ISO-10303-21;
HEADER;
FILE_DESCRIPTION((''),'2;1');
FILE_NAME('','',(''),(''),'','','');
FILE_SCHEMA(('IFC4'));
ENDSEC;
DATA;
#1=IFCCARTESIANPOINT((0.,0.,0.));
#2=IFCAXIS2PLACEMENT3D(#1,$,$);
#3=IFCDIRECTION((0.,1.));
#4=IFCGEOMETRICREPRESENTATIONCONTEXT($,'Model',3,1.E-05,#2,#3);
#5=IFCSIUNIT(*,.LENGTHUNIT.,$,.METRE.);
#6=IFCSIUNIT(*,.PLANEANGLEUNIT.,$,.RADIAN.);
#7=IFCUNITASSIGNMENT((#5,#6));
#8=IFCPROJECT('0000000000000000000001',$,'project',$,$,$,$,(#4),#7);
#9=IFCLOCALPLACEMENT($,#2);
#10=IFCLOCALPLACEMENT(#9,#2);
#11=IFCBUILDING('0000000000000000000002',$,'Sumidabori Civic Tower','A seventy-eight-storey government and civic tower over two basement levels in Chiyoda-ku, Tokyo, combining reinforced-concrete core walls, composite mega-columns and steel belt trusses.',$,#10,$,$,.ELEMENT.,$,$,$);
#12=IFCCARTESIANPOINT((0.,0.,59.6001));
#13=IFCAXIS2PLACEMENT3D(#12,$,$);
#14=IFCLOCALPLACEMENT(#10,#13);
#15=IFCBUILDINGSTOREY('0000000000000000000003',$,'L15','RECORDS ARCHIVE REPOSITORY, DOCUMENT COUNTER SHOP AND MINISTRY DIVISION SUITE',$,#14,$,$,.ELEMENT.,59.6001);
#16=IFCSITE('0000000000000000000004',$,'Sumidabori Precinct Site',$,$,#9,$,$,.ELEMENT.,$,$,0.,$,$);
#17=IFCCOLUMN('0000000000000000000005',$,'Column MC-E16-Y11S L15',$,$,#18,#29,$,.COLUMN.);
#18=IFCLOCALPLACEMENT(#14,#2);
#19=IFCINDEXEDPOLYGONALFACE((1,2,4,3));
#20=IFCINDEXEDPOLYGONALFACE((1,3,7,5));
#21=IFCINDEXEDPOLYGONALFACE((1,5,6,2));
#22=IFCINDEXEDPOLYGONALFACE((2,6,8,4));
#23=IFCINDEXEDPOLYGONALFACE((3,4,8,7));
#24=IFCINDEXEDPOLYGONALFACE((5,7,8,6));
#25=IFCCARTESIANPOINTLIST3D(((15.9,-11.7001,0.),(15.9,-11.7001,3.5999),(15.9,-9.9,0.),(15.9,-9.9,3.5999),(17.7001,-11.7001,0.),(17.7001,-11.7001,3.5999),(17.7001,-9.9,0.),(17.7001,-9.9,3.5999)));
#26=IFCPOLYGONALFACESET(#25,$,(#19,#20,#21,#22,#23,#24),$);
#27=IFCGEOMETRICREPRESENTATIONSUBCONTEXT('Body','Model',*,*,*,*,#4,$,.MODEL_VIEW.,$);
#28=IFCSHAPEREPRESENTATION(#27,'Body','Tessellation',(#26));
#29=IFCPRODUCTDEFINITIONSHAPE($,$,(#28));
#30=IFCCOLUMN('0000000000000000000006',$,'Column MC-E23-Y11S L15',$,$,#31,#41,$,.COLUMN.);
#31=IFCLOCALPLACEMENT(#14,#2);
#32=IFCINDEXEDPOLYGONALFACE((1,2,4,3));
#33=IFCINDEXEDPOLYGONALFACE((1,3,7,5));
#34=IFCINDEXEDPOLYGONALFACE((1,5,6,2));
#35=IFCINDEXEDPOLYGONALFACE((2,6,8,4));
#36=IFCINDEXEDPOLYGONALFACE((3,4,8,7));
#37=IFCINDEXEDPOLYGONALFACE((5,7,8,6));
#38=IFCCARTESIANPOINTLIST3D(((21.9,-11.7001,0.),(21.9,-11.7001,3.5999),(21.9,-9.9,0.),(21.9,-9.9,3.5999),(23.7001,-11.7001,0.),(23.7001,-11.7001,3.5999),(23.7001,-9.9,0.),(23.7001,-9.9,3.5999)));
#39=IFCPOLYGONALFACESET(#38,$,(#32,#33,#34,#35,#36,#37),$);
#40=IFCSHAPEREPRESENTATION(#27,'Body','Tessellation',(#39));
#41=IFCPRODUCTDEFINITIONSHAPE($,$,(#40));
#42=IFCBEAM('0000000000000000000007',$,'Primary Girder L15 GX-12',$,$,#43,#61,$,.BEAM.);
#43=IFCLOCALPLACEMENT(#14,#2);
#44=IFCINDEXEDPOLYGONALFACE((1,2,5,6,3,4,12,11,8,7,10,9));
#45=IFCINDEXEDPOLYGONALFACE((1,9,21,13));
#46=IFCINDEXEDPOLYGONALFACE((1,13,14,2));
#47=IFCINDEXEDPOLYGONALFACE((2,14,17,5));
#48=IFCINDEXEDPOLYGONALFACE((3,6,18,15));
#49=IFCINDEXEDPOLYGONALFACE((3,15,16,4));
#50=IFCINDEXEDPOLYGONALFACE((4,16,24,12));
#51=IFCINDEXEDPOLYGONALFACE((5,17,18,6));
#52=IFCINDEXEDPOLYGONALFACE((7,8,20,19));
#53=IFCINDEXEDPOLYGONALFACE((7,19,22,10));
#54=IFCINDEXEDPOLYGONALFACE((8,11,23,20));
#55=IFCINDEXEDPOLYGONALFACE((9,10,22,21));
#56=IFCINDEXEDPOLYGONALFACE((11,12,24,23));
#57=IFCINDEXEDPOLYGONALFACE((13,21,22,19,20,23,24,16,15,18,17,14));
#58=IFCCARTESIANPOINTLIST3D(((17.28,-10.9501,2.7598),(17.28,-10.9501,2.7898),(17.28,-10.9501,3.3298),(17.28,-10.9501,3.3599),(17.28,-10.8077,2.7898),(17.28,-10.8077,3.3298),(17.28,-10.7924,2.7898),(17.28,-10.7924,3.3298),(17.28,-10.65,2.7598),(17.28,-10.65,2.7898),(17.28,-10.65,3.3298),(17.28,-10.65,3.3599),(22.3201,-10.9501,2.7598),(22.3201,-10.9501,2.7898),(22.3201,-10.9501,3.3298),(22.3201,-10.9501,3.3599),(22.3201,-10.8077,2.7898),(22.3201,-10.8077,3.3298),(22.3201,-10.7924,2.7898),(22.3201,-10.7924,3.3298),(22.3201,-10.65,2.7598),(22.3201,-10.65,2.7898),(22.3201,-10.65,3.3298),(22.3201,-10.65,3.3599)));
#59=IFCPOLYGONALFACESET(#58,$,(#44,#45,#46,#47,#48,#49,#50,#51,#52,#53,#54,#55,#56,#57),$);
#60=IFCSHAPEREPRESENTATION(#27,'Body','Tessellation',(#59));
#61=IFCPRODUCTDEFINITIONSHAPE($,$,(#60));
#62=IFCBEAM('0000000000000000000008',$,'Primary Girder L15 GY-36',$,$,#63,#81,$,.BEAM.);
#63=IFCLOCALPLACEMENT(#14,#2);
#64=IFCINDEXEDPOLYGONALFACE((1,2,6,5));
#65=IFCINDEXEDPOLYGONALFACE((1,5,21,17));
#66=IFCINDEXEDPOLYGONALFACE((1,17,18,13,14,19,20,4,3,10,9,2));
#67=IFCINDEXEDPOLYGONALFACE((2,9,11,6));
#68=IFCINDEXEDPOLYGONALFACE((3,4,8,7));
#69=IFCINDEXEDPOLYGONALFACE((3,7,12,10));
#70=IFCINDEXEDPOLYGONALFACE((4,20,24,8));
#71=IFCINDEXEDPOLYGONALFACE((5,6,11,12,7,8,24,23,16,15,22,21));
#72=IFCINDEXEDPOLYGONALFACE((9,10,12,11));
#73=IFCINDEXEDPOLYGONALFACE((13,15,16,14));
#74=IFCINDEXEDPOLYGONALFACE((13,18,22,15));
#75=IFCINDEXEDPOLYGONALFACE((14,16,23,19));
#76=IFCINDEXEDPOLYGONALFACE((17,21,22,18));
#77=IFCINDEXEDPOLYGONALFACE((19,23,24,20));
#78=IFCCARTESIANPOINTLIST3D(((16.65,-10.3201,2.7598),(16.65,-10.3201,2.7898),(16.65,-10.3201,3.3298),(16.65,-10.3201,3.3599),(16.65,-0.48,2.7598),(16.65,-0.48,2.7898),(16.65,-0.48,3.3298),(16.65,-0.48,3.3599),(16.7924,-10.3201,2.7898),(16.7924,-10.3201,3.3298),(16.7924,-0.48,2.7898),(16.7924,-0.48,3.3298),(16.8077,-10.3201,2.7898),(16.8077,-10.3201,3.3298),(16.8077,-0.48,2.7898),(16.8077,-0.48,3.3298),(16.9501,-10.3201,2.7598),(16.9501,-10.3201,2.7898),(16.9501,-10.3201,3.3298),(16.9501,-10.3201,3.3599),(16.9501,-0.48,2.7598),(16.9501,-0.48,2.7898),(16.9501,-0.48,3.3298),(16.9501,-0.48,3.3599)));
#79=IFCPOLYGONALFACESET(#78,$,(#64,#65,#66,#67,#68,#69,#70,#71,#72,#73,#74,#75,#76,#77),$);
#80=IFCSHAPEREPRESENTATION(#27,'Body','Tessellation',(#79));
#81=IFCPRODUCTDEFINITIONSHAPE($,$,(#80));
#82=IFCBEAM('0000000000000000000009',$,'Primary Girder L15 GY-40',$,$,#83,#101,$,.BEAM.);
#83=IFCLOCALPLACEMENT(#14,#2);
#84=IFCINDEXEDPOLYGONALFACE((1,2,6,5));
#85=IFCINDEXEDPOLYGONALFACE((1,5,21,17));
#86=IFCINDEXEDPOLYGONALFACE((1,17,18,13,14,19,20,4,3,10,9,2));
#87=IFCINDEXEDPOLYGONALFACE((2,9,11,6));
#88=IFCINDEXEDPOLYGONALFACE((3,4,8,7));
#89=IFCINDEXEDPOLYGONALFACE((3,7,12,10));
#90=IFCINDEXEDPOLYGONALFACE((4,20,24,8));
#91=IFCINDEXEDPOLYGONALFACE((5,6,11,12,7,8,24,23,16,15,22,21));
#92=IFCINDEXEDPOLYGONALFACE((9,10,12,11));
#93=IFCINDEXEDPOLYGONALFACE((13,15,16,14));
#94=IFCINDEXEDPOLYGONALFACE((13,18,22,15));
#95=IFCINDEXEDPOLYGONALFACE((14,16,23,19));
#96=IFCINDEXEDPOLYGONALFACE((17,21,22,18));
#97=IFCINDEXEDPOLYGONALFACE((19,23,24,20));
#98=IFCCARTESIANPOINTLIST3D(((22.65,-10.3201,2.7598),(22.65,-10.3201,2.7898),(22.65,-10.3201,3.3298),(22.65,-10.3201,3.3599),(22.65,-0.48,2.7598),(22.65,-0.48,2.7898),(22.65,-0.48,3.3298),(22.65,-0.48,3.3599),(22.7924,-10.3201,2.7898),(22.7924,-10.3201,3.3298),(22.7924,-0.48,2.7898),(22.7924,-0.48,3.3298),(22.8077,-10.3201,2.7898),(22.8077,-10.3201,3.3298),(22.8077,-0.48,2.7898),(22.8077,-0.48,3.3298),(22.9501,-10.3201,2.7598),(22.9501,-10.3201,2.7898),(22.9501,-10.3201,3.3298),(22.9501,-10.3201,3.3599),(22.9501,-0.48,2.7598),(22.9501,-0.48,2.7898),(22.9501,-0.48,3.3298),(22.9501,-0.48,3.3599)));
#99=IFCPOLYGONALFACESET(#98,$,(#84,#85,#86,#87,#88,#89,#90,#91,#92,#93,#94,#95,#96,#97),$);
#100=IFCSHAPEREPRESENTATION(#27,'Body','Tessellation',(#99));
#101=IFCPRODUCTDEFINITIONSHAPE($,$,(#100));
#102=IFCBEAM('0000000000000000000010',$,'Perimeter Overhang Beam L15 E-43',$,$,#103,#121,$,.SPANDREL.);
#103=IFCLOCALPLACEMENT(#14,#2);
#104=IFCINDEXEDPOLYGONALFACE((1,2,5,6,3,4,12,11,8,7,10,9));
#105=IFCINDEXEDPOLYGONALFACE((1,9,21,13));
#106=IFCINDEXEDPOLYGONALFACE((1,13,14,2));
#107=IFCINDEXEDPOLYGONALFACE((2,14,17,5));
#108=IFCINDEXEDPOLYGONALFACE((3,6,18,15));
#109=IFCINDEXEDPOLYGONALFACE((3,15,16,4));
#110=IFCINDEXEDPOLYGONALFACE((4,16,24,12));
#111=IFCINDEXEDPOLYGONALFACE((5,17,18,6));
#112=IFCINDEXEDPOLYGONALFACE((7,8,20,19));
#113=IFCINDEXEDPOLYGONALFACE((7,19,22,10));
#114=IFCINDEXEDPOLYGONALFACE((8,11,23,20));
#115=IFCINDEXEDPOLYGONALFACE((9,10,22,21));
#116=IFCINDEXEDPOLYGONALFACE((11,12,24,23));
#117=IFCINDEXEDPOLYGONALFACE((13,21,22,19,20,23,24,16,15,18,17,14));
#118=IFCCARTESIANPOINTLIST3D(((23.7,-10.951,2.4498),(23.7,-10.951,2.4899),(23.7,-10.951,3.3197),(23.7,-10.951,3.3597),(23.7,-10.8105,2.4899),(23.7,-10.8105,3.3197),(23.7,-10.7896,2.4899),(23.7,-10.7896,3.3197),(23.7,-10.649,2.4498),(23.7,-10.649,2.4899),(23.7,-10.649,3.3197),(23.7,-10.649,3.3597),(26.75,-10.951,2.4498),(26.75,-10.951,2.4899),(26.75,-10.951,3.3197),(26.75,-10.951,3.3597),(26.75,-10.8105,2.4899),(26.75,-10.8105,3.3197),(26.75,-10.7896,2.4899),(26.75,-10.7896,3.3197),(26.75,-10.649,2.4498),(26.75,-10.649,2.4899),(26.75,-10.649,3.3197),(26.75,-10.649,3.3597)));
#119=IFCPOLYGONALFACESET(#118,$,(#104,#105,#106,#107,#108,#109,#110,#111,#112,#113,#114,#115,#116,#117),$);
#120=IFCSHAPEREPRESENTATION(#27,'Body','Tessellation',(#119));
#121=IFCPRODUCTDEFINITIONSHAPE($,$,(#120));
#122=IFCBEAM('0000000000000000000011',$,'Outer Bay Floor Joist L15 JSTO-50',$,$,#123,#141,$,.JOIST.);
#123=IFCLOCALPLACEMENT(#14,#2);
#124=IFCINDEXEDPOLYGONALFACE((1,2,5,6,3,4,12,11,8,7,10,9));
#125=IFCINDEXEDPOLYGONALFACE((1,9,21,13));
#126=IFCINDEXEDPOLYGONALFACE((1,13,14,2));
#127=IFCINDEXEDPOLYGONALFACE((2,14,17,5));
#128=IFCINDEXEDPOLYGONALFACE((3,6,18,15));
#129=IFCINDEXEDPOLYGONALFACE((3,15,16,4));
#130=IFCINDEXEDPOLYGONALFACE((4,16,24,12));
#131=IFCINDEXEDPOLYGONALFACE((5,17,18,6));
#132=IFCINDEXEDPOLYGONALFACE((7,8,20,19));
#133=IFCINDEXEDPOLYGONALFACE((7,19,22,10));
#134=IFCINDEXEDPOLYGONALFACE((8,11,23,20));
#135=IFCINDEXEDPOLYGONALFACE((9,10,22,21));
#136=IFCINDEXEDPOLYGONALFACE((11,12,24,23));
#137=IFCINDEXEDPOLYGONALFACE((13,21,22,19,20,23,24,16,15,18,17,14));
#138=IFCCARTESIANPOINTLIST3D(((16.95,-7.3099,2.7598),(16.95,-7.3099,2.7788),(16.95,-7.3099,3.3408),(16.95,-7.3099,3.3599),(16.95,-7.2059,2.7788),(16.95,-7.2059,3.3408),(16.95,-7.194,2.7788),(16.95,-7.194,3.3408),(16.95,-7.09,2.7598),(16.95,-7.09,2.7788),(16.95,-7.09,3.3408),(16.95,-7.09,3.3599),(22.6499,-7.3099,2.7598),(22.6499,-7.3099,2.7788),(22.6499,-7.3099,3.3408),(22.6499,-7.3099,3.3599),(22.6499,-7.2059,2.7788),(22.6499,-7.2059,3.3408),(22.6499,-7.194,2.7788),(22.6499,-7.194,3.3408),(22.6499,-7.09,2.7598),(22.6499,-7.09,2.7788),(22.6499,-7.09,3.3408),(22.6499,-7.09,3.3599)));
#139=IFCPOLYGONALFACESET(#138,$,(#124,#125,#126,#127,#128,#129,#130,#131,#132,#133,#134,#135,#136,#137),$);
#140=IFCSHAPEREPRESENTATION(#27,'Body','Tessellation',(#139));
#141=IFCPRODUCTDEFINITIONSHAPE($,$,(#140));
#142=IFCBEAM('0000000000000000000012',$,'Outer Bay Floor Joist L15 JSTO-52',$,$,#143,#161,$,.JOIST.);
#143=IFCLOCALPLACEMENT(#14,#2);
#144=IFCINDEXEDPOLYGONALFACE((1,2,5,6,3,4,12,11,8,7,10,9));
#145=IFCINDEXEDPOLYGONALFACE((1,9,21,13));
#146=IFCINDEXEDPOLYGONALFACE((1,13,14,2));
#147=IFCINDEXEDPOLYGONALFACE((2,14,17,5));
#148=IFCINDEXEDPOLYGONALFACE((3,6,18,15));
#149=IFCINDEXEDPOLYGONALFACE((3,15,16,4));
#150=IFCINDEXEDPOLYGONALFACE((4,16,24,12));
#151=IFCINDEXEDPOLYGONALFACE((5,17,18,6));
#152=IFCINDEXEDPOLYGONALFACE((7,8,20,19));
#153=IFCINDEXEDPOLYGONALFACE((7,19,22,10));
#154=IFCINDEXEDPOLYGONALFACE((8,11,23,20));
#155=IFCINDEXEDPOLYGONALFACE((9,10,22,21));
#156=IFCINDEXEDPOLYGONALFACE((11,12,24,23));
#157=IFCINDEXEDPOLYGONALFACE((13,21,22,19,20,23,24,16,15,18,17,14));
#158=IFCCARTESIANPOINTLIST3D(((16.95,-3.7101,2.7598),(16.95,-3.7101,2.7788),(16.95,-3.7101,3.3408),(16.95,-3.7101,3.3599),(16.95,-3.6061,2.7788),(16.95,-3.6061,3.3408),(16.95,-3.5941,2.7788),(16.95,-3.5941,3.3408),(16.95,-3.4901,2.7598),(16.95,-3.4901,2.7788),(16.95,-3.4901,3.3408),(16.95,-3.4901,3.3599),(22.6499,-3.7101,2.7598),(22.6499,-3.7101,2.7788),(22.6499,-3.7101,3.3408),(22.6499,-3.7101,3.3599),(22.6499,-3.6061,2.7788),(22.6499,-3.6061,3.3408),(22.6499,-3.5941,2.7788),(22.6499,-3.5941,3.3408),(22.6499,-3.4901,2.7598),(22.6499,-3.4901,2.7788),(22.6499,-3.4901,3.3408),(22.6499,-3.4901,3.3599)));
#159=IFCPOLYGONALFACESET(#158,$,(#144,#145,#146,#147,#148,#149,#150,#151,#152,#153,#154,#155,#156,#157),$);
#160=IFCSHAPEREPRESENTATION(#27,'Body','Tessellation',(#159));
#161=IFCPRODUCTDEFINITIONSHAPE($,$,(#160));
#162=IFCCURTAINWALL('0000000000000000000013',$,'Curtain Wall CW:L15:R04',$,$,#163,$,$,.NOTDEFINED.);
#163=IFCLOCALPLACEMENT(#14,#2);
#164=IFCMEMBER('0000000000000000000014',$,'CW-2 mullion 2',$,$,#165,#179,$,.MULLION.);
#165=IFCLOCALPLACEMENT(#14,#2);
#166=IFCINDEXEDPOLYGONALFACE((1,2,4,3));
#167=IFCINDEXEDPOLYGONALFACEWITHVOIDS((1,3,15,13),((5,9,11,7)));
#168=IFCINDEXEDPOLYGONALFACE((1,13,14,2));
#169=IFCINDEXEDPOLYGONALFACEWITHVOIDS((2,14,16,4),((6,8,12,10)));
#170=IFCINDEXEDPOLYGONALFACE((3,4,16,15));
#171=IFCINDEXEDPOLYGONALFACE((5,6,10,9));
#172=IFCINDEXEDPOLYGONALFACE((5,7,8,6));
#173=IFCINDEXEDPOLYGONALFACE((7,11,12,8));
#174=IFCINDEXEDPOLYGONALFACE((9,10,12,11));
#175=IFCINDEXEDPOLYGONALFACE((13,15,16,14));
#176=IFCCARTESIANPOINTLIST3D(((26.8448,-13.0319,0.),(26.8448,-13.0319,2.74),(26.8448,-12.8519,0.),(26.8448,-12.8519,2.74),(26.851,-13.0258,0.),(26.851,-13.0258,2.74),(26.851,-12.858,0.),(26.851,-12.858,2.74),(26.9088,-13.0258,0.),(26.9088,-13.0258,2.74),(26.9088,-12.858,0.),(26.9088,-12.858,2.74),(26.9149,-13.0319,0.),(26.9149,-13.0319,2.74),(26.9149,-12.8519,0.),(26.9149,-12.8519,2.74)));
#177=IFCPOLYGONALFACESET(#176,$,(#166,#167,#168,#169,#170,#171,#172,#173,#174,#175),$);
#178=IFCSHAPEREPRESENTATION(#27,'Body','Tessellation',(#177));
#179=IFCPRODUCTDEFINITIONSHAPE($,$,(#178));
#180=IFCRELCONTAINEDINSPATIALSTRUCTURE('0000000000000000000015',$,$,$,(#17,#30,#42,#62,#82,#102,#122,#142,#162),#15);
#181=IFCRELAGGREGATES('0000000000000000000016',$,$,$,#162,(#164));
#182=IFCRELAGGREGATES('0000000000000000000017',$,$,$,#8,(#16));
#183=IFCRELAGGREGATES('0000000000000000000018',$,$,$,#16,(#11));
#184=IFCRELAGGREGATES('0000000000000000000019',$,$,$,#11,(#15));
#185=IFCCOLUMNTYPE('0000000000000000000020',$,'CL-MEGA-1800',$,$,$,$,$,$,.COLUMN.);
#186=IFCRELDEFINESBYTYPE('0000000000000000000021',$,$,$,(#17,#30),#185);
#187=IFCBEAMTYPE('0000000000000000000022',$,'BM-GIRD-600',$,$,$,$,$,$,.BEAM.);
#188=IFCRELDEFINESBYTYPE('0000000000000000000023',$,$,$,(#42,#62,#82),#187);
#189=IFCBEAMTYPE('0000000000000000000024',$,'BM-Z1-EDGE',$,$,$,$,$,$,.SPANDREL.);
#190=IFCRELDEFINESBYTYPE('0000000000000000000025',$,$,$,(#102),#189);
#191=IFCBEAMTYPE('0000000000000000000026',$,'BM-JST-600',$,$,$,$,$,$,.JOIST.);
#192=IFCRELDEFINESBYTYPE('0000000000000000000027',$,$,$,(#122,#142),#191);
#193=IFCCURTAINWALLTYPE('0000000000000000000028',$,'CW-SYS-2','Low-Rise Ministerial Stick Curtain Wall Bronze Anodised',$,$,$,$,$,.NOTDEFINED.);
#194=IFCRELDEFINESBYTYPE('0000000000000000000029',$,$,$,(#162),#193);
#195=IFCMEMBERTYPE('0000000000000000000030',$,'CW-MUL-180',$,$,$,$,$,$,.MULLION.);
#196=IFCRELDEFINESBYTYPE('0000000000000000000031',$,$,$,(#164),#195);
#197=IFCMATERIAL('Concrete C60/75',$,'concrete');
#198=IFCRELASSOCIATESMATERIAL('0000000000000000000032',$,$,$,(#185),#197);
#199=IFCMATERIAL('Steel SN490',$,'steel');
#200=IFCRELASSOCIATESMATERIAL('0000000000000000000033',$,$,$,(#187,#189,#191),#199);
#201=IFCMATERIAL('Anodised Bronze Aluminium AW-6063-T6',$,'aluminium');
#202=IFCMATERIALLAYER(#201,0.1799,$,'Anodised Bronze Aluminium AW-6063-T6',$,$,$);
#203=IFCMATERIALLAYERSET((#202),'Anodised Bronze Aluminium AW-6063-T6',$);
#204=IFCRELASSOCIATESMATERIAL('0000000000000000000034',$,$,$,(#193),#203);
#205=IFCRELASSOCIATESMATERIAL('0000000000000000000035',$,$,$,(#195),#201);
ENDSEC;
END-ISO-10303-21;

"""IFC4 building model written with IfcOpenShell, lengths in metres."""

from ifc_helpers import new_model, si_unit, direction, frame, origin, origin_2d, place, context, subcontext, project, spatial, rectangle, hollow_rectangle, i_section, extrude, source, transform, mapped, material, layer, layer_set, material_profile, profile_set, type_object, element, aggregate, save


model = new_model("IFC4")

# Units and contexts
model_context = context("Model", 3, precision=1e-05, world=origin(), true_north=direction((0.0, 1.0)))
body_context = subcontext(model_context, "Body", "Model", "MODEL_VIEW")
ifc_project = project(units=[si_unit("LENGTHUNIT", "METRE"), si_unit("PLANEANGLEUNIT", "RADIAN")], contexts=[model_context])

# Site, building, storey
site_placement = place(None, origin())
site = spatial("IfcSite", under=ifc_project, at=site_placement, Name="Sumidabori Precinct Site", CompositionType="ELEMENT", RefElevation=0.0)
building_placement = place(site_placement, origin())
building = spatial("IfcBuilding", under=site, at=building_placement, Name="Sumidabori Civic Tower", Description="A seventy-eight-storey government and civic tower over two basement levels in Chiyoda-ku, Tokyo, combining reinforced-concrete core walls, composite mega-columns and steel belt trusses.", CompositionType="ELEMENT")
storey_placement = place(building_placement, frame((0.0, 0.0, 59.6001)))
storey = spatial("IfcBuildingStorey", under=building, at=storey_placement, Name="L15", Description="RECORDS ARCHIVE REPOSITORY, DOCUMENT COUNTER SHOP AND MINISTRY DIVISION SUITE", CompositionType="ELEMENT", Elevation=59.6001)

# Columns
ifc_material_1 = material(Name="Concrete C60/75", Category="concrete")
ifc_material_profile_1 = material_profile(ifc_material_1, rectangle(XDim=1.8, YDim=1.8, at=origin_2d()), Name="RC 1800x1800")
ifc_profile_set_1 = profile_set([ifc_material_profile_1], Name="Concrete C60/75")
column_type = type_object("IfcColumnType", Name="CL-MEGA-1800", PredefinedType="COLUMN", material=ifc_profile_set_1)
shared_shape_1 = source(origin(), body_context, "Body", "SweptSolid", [
    extrude(rectangle(XDim=1.8, YDim=1.8, at=origin_2d()), origin(), (0.0, 0.0, 1.0), 3.5999),
])
for number, where, z_axis, x_axis, name in (
    (1, (16.8, -10.8, 0.0), (0.0, 0.0, 1.0), (1.0, 0.0, 0.0), "Column MC-E16-Y11S L15"),
    (2, (22.8, -10.8, 0.0), (0.0, 0.0, 1.0), (1.0, 0.0, 0.0), "Column MC-E23-Y11S L15"),
):
    element("IfcColumn", number, at=place(storey_placement, frame(where, z_axis=z_axis, x_axis=x_axis)), inside=storey, type_object=column_type, Name=name, PredefinedType="COLUMN", context=body_context, shape_type="MappedRepresentation", body=[
        mapped(shared_shape_1, transform((0.0, 0.0, 0.0), x_axis=(1.0, 0.0, 0.0), y_axis=(0.0, 1.0, 0.0), z_axis=(0.0, 0.0, 1.0), scale=1.0)),
    ])

# Beams
ifc_material_2 = material(Name="Steel SN490", Category="steel")
ifc_material_profile_2 = material_profile(ifc_material_2, i_section(OverallWidth=0.3, OverallDepth=0.6001, WebThickness=0.0154, FlangeThickness=0.03, at=origin_2d()), Name="HE 600 B")
ifc_profile_set_2 = profile_set([ifc_material_profile_2], Name="Steel SN490")
beam_type_1 = type_object("IfcBeamType", Name="BM-GIRD-600", PredefinedType="BEAM", material=ifc_profile_set_2)
shared_shape_2 = source(origin(), body_context, "Body", "SweptSolid", [
    extrude(i_section(OverallWidth=0.3, OverallDepth=0.6001, WebThickness=0.0154, FlangeThickness=0.03, at=origin_2d()), origin(), (0.0, 0.0, 1.0), 5.04),
])
beam_1_placement = place(storey_placement, frame((17.28, -10.8, 3.0598), z_axis=(1.0, 0.0, 0.0), x_axis=(0.0, 1.0, 0.0)))
element("IfcBeam", 3, at=beam_1_placement, inside=storey, type_object=beam_type_1, Name="Primary Girder L15 GX-12", PredefinedType="BEAM", context=body_context, shape_type="MappedRepresentation", body=[
    mapped(shared_shape_2, transform((0.0, 0.0, 0.0), x_axis=(1.0, 0.0, 0.0), y_axis=(0.0, 1.0, 0.0), z_axis=(0.0, 0.0, 1.0), scale=1.0)),
])
shared_shape_3 = source(origin(), body_context, "Body", "SweptSolid", [
    extrude(i_section(OverallWidth=0.3, OverallDepth=0.6001, WebThickness=0.0154, FlangeThickness=0.03, at=origin_2d()), origin(), (0.0, 0.0, 1.0), 9.8401),
])
for number, where, z_axis, x_axis, name in (
    (4, (16.8, -10.3201, 3.0598), (0.0, 1.0, 0.0), (-1.0, 0.0, 0.0), "Primary Girder L15 GY-36"),
    (5, (22.8, -10.3201, 3.0598), (0.0, 1.0, 0.0), (-1.0, 0.0, 0.0), "Primary Girder L15 GY-40"),
):
    element("IfcBeam", number, at=place(storey_placement, frame(where, z_axis=z_axis, x_axis=x_axis)), inside=storey, type_object=beam_type_1, Name=name, PredefinedType="BEAM", context=body_context, shape_type="MappedRepresentation", body=[
        mapped(shared_shape_3, transform((0.0, 0.0, 0.0), x_axis=(1.0, 0.0, 0.0), y_axis=(0.0, 1.0, 0.0), z_axis=(0.0, 0.0, 1.0), scale=1.0)),
    ])
ifc_material_profile_3 = material_profile(ifc_material_2, i_section(OverallWidth=0.302, OverallDepth=0.9099, WebThickness=0.021, FlangeThickness=0.04, at=origin_2d()), Name="HE 900 M")
ifc_profile_set_3 = profile_set([ifc_material_profile_3], Name="Steel SN490")
beam_type_2 = type_object("IfcBeamType", Name="BM-Z1-EDGE", PredefinedType="SPANDREL", material=ifc_profile_set_3)
shared_shape_4 = source(origin(), body_context, "Body", "SweptSolid", [
    extrude(i_section(OverallWidth=0.302, OverallDepth=0.9099, WebThickness=0.021, FlangeThickness=0.04, at=origin_2d()), origin(), (0.0, 0.0, 1.0), 3.05),
])
beam_2_placement = place(storey_placement, frame((23.7, -10.8, 2.9048), z_axis=(1.0, 0.0, 0.0), x_axis=(0.0, 1.0, 0.0)))
element("IfcBeam", 6, at=beam_2_placement, inside=storey, type_object=beam_type_2, Name="Perimeter Overhang Beam L15 E-43", PredefinedType="SPANDREL", context=body_context, shape_type="MappedRepresentation", body=[
    mapped(shared_shape_4, transform((0.0, 0.0, 0.0), x_axis=(1.0, 0.0, 0.0), y_axis=(0.0, 1.0, 0.0), z_axis=(0.0, 0.0, 1.0), scale=1.0)),
])
ifc_material_profile_4 = material_profile(ifc_material_2, i_section(OverallWidth=0.22, OverallDepth=0.6001, WebThickness=0.012, FlangeThickness=0.019, at=origin_2d()), Name="IPE 600")
ifc_profile_set_4 = profile_set([ifc_material_profile_4], Name="Steel SN490")
beam_type_3 = type_object("IfcBeamType", Name="BM-JST-600", PredefinedType="JOIST", material=ifc_profile_set_4)
shared_shape_5 = source(origin(), body_context, "Body", "SweptSolid", [
    extrude(i_section(OverallWidth=0.22, OverallDepth=0.6001, WebThickness=0.012, FlangeThickness=0.019, at=origin_2d()), origin(), (0.0, 0.0, 1.0), 5.7),
])
for number, where, z_axis, x_axis, name in (
    (7, (16.95, -7.2, 3.0598), (1.0, 0.0, 0.0), (0.0, 1.0, 0.0), "Outer Bay Floor Joist L15 JSTO-50"),
    (8, (16.95, -3.6001, 3.0598), (1.0, 0.0, 0.0), (0.0, 1.0, 0.0), "Outer Bay Floor Joist L15 JSTO-52"),
):
    element("IfcBeam", number, at=place(storey_placement, frame(where, z_axis=z_axis, x_axis=x_axis)), inside=storey, type_object=beam_type_3, Name=name, PredefinedType="JOIST", context=body_context, shape_type="MappedRepresentation", body=[
        mapped(shared_shape_5, transform((0.0, 0.0, 0.0), x_axis=(1.0, 0.0, 0.0), y_axis=(0.0, 1.0, 0.0), z_axis=(0.0, 0.0, 1.0), scale=1.0)),
    ])

# Curtain wall, member
ifc_material_3 = material(Name="Anodised Bronze Aluminium AW-6063-T6", Category="aluminium")
ifc_layer_1 = layer(ifc_material_3, 0.1799, Name="Anodised Bronze Aluminium AW-6063-T6")
ifc_layer_set_1 = layer_set([ifc_layer_1], Name="Anodised Bronze Aluminium AW-6063-T6")
curtain_wall_type = type_object("IfcCurtainWallType", Name="CW-SYS-2", Description="Low-Rise Ministerial Stick Curtain Wall Bronze Anodised", PredefinedType="NOTDEFINED", material=ifc_layer_set_1)
curtain_wall_placement = place(storey_placement, origin())
curtain_wall = element("IfcCurtainWall", 9, at=curtain_wall_placement, inside=storey, type_object=curtain_wall_type, Name="Curtain Wall CW:L15:R04", PredefinedType="NOTDEFINED")
ifc_material_profile_5 = material_profile(ifc_material_3, hollow_rectangle(XDim=0.0701, YDim=0.1799, WallThickness=0.0061, at=origin_2d()), Name="ALU MULLION 180x70")
ifc_profile_set_5 = profile_set([ifc_material_profile_5], Name="Anodised Bronze Aluminium AW-6063-T6")
member_type_1 = type_object("IfcMemberType", Name="CW-MUL-180", PredefinedType="MULLION", material=ifc_profile_set_5)
shared_shape_6 = source(origin(), body_context, "Body", "SweptSolid", [
    extrude(hollow_rectangle(XDim=0.0701, YDim=0.1799, WallThickness=0.0061, at=origin_2d()), origin(), (0.0, 0.0, 1.0), 2.74),
])
member_1_placement = place(storey_placement, frame((26.8799, -12.9419, 0.0), z_axis=(0.0, 0.0, 1.0), x_axis=(-1.0, 0.0, 0.0)))
member_1 = element("IfcMember", 10, at=member_1_placement, type_object=member_type_1, Name="CW-2 mullion 2", PredefinedType="MULLION", context=body_context, shape_type="MappedRepresentation", body=[
    mapped(shared_shape_6, transform((0.0, 0.0, 0.0), x_axis=(1.0, 0.0, 0.0), y_axis=(0.0, 1.0, 0.0), z_axis=(0.0, 0.0, 1.0), scale=1.0)),
])
aggregate(curtain_wall, [member_1])

save(model, "model.ifc")
